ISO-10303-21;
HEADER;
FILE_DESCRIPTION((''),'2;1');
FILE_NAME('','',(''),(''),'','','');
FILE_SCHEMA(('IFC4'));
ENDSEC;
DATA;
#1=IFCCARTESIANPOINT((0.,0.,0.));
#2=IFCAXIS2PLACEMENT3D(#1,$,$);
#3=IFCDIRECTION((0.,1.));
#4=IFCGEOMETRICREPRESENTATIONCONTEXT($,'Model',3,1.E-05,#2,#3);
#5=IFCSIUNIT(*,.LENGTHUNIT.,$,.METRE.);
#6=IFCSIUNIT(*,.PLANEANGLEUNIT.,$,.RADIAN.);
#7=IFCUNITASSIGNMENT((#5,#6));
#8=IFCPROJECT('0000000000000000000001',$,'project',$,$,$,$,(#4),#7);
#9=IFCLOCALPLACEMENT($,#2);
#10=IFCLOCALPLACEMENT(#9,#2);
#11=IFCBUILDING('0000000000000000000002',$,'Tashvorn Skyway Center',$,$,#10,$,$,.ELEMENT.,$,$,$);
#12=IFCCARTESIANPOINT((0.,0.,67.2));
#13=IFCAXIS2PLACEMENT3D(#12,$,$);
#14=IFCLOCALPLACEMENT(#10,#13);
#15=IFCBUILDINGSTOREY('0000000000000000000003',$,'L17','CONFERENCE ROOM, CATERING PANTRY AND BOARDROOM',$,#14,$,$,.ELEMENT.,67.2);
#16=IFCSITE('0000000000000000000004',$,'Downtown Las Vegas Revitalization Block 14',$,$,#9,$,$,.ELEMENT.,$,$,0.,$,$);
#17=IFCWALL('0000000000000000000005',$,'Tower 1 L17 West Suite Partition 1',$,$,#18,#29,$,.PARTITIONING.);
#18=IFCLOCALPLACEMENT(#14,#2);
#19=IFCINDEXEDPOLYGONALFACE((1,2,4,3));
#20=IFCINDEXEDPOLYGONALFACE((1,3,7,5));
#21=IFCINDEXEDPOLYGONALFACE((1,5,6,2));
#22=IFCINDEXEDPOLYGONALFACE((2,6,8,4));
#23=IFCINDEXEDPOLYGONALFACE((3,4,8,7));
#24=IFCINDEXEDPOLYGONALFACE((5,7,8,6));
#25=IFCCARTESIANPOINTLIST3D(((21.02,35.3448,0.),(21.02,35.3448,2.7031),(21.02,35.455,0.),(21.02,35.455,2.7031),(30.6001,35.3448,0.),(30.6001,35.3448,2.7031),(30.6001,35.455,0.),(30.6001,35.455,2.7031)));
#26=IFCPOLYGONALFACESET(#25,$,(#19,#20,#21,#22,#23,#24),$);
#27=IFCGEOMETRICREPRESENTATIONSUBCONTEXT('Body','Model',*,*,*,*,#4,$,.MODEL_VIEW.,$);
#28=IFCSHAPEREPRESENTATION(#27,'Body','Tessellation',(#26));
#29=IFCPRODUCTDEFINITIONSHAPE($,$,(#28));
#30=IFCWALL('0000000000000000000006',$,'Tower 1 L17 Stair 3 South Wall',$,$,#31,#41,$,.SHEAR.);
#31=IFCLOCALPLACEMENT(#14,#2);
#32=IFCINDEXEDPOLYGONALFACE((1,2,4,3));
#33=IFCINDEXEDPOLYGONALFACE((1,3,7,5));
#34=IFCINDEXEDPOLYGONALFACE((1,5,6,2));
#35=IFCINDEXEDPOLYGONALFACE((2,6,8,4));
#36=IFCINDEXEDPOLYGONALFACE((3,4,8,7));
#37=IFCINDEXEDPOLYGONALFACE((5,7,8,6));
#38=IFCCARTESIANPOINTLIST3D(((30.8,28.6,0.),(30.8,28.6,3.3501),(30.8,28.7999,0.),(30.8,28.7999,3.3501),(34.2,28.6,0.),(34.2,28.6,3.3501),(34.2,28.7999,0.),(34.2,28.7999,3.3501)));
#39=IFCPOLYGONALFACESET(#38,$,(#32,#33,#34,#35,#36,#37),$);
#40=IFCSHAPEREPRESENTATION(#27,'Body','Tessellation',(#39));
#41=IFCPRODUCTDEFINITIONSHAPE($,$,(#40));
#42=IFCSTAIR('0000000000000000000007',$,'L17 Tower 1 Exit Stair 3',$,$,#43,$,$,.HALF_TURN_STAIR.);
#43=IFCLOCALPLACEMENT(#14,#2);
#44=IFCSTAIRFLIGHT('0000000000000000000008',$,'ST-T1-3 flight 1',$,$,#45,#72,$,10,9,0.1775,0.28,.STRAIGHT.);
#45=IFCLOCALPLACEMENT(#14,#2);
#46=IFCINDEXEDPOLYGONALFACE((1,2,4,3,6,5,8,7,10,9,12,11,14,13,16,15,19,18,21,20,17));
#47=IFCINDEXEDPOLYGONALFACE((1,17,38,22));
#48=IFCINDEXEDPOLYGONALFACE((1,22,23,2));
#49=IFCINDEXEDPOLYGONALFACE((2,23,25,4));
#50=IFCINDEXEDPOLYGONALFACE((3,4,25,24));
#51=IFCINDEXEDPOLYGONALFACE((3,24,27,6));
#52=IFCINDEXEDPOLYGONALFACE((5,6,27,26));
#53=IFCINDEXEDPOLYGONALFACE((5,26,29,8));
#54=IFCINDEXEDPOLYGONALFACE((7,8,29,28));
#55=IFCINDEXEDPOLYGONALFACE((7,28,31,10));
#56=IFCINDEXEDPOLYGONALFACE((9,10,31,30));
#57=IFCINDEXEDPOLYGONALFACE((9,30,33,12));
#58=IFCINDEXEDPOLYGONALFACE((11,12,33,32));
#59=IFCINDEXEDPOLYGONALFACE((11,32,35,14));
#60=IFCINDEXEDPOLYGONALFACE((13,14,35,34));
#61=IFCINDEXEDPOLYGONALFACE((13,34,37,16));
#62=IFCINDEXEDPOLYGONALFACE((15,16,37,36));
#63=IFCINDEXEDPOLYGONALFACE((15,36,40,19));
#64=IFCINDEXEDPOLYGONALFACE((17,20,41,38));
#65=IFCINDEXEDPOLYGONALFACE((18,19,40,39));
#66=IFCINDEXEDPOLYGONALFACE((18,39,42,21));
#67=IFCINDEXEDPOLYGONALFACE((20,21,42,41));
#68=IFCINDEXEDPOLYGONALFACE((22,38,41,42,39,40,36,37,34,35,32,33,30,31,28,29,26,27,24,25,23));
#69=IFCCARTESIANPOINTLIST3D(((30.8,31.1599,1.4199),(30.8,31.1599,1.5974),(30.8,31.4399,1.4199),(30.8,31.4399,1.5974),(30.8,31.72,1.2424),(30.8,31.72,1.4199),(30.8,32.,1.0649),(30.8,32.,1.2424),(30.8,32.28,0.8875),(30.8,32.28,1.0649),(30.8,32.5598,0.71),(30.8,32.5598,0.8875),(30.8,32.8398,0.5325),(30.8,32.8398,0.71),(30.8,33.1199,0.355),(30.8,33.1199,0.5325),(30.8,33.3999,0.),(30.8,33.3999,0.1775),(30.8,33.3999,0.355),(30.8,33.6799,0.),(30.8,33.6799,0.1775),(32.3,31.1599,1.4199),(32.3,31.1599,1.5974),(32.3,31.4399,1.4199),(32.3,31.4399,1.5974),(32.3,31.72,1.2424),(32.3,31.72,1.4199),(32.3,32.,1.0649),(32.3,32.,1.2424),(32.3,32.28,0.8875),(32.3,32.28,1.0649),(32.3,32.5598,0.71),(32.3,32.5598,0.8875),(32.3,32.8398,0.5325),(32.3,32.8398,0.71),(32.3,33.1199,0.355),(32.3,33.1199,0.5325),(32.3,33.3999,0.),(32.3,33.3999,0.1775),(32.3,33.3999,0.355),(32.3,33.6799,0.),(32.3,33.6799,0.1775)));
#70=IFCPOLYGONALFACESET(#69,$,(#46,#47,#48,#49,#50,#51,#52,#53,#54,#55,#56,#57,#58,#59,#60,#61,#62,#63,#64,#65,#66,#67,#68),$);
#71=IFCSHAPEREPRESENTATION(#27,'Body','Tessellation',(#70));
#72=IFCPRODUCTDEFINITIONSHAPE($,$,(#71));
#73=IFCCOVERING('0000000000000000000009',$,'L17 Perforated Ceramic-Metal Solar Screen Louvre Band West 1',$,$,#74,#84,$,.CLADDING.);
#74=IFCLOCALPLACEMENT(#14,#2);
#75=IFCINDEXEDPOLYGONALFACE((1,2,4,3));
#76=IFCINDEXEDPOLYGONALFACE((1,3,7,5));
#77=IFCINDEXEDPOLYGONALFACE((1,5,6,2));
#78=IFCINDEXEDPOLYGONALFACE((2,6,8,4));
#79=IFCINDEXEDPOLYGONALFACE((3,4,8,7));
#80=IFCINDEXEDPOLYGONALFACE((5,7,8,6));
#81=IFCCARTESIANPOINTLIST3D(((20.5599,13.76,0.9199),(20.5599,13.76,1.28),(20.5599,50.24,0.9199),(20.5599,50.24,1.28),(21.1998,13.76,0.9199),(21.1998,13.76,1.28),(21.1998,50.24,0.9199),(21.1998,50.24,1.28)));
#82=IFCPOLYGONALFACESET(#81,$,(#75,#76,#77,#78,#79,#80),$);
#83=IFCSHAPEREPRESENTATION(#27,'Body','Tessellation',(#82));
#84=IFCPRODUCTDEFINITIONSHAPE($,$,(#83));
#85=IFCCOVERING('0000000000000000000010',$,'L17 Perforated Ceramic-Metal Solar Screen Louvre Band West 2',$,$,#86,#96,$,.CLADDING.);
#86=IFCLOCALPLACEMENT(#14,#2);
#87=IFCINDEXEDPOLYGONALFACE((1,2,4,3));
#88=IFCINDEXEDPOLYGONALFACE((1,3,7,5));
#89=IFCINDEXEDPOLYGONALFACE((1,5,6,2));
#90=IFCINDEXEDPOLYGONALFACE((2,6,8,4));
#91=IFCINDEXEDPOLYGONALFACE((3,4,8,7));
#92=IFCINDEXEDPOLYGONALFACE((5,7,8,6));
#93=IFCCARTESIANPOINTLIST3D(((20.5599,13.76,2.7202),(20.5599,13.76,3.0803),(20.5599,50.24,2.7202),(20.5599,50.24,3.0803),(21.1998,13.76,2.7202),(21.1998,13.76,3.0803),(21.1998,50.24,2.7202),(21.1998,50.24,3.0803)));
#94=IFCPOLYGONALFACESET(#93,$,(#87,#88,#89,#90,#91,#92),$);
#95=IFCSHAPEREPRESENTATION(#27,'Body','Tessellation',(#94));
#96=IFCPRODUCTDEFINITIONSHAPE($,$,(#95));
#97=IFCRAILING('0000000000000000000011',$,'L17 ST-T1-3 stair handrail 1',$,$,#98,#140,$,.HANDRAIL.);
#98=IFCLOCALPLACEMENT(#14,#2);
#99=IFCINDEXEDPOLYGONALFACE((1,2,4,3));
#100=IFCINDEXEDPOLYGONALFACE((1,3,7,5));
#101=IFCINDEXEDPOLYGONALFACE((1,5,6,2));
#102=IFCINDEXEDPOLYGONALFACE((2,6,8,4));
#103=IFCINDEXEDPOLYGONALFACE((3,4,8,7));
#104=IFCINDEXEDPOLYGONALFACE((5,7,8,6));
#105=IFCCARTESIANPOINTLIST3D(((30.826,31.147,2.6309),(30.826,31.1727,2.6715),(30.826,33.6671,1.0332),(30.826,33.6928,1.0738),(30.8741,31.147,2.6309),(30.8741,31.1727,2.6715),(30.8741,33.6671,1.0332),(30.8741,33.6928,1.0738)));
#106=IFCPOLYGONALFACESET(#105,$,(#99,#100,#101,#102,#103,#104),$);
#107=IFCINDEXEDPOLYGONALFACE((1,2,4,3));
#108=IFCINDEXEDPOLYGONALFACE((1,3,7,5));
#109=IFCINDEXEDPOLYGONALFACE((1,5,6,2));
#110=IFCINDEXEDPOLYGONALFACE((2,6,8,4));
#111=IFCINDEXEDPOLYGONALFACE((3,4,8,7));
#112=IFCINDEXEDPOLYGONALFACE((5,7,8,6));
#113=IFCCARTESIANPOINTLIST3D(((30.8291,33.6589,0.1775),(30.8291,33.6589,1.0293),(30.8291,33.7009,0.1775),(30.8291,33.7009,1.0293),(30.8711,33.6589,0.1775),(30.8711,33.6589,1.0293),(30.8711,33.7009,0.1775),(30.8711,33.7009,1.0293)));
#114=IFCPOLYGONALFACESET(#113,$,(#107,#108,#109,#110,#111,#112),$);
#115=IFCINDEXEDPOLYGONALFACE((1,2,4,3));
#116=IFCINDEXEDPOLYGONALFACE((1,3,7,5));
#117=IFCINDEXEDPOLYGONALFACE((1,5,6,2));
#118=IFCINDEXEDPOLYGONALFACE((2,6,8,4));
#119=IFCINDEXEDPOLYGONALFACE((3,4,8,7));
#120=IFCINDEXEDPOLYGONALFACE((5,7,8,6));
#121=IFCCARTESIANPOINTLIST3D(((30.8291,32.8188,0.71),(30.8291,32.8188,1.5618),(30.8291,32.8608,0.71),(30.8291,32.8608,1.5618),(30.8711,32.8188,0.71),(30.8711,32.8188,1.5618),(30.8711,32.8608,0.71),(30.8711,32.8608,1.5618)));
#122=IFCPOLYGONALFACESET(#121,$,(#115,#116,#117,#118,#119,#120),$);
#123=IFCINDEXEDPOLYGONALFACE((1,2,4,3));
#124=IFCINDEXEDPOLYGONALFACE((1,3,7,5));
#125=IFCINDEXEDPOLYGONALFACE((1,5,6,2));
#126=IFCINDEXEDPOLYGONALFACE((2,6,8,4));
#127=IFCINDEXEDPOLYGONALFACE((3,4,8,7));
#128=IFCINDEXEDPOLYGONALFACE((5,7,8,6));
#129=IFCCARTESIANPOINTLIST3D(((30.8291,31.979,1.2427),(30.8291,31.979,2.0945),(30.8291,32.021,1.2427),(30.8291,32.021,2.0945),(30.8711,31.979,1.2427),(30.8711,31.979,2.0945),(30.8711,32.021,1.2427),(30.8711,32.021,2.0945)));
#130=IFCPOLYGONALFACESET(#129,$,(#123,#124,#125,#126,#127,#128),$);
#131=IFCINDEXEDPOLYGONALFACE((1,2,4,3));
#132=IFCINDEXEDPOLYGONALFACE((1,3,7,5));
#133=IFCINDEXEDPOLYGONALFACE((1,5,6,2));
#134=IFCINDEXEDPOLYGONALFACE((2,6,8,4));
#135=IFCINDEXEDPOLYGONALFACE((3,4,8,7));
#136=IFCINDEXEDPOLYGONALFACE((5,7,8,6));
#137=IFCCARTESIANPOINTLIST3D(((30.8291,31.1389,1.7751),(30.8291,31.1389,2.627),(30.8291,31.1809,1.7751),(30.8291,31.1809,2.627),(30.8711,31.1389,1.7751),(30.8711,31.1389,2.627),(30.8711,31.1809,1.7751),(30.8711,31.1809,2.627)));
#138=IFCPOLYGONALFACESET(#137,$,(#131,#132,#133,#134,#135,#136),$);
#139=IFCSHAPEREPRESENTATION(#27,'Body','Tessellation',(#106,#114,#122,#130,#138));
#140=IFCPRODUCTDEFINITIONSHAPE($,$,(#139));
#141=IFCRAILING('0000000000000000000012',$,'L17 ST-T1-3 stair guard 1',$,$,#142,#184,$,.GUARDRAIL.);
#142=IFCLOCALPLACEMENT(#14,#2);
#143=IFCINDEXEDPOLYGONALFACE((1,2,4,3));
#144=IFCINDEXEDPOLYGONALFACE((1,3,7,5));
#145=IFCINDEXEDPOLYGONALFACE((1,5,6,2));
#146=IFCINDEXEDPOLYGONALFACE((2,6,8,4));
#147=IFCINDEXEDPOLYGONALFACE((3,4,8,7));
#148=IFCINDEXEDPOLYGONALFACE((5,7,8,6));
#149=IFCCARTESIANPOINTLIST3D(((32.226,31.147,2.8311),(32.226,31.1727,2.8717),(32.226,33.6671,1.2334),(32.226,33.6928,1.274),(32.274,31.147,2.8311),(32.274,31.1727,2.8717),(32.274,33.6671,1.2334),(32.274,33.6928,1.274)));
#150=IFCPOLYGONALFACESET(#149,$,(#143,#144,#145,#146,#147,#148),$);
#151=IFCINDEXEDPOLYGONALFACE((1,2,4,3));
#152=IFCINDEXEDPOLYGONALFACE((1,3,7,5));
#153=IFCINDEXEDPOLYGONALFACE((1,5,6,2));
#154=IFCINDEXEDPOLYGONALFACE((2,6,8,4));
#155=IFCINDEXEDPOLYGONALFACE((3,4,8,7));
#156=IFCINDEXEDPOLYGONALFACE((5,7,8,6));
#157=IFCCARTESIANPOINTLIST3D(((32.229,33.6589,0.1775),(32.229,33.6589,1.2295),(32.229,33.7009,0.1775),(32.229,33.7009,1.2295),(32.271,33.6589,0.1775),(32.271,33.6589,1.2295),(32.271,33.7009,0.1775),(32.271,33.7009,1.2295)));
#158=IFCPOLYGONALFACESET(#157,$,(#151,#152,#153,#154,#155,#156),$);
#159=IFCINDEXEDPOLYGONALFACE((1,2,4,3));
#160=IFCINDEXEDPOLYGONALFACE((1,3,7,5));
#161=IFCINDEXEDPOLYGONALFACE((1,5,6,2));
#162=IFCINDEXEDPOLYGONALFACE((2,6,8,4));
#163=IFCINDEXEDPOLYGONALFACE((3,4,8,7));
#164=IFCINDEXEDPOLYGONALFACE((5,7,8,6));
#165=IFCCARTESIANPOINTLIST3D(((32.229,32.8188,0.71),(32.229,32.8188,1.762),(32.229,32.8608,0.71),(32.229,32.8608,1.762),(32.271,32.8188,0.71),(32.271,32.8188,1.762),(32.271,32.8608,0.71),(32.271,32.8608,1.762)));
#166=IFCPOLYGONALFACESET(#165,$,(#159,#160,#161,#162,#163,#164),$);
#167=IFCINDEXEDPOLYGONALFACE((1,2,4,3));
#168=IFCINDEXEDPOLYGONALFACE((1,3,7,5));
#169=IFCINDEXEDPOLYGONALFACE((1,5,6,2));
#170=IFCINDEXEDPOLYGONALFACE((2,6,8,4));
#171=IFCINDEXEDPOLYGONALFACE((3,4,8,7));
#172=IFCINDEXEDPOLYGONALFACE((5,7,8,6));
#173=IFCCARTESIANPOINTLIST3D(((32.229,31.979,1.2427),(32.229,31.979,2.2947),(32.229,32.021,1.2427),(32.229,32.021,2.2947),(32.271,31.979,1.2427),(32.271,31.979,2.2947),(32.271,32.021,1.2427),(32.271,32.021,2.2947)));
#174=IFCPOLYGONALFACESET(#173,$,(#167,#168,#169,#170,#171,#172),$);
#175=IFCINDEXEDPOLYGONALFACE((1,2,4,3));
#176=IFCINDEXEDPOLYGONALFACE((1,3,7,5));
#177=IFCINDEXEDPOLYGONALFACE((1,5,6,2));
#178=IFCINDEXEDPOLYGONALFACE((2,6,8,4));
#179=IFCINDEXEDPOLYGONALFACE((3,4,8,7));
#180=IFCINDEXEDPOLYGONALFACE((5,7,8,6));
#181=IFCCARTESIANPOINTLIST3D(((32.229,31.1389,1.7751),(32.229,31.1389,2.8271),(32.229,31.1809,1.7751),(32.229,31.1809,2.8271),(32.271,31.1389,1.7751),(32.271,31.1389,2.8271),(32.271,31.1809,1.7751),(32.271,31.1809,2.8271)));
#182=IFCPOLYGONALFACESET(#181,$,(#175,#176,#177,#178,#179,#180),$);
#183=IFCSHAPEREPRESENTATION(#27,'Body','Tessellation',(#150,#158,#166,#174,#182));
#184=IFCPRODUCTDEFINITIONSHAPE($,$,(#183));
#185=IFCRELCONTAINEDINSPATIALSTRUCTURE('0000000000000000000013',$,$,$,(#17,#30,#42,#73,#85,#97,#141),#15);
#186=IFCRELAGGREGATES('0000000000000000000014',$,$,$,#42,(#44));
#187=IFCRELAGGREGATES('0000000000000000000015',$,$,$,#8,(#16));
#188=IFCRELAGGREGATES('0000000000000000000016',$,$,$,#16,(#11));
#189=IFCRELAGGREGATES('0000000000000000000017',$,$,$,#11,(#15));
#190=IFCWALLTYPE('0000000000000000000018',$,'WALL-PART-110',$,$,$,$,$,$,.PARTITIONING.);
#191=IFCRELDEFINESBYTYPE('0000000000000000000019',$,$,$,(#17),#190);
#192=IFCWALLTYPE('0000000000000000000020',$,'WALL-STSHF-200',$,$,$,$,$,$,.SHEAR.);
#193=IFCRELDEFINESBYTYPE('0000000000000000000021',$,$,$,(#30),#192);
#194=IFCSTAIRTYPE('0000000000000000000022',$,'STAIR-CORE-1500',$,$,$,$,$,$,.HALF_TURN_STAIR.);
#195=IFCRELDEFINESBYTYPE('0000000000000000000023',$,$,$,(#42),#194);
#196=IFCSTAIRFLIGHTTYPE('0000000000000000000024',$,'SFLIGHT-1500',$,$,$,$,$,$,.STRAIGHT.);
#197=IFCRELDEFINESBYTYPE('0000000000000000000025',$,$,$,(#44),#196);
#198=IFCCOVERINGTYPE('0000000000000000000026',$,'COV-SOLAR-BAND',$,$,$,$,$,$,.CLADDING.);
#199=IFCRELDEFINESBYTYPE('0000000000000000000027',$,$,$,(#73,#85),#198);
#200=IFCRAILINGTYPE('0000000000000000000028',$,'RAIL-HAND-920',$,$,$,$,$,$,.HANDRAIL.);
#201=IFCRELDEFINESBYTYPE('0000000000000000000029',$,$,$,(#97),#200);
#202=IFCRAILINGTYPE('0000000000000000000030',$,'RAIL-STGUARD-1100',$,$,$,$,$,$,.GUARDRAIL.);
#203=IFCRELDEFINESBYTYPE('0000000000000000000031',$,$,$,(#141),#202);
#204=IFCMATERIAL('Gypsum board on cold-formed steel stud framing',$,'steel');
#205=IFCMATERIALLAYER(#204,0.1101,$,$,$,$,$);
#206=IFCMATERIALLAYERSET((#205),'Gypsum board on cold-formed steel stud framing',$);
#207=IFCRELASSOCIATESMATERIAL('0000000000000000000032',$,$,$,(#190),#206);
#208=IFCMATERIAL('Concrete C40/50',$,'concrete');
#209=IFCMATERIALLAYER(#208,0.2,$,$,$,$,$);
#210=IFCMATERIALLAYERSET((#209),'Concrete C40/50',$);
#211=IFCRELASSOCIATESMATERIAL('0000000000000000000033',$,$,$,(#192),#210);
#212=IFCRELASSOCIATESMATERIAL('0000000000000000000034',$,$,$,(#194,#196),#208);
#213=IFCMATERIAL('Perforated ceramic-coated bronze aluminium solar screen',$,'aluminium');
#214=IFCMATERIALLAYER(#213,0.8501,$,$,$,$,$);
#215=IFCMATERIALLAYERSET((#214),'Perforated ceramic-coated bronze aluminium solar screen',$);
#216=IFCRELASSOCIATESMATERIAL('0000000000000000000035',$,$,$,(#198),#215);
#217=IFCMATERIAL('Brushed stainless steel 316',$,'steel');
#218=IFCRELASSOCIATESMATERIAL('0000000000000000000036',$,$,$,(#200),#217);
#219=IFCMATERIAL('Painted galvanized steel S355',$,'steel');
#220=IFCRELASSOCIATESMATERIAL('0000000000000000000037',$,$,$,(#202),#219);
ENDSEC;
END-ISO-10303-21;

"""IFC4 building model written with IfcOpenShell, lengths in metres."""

from ifc_helpers import new_model, si_unit, direction, frame, frame_2d, origin, origin_2d, place, context, subcontext, project, spatial, polyline, rectangle, outline, extrude, material, layer, layer_set, type_object, element, aggregate, save


model = new_model("IFC4")

# Units and contexts
model_context = context("Model", 3, precision=1e-05, world=origin(), true_north=direction((0.0, 1.0)))
body_context = subcontext(model_context, "Body", "Model", "MODEL_VIEW")
ifc_project = project(units=[si_unit("LENGTHUNIT", "METRE"), si_unit("PLANEANGLEUNIT", "RADIAN")], contexts=[model_context])

# Site, building, storey
site_placement = place(None, origin())
site = spatial("IfcSite", under=ifc_project, at=site_placement, Name="Downtown Las Vegas Revitalization Block 14", CompositionType="ELEMENT", RefElevation=0.0)
building_placement = place(site_placement, origin())
building = spatial("IfcBuilding", under=site, at=building_placement, Name="Tashvorn Skyway Center", CompositionType="ELEMENT")
storey_placement = place(building_placement, frame((0.0, 0.0, 67.2)))
storey = spatial("IfcBuildingStorey", under=building, at=storey_placement, Name="L17", Description="CONFERENCE ROOM, CATERING PANTRY AND BOARDROOM", CompositionType="ELEMENT", Elevation=67.2)

# Walls
ifc_material_1 = material(Name="Gypsum board on cold-formed steel stud framing", Category="steel")
ifc_layer_1 = layer(ifc_material_1, 0.1101)
ifc_layer_set_1 = layer_set([ifc_layer_1], Name="Gypsum board on cold-formed steel stud framing")
wall_type_1 = type_object("IfcWallType", Name="WALL-PART-110", PredefinedType="PARTITIONING", material=ifc_layer_set_1)
wall_1_placement = place(storey_placement, frame((30.6001, 35.3999, 0.0), z_axis=(0.0, 0.0, 1.0), x_axis=(-1.0, 0.0, 0.0)))
element("IfcWall", 1, at=wall_1_placement, inside=storey, type_object=wall_type_1, Name="Tower 1 L17 West Suite Partition 1", PredefinedType="PARTITIONING", context=body_context, shape_type="SweptSolid", body=[
    extrude(rectangle(XDim=9.5801, YDim=0.1101, at=frame_2d((4.79, 0.0))), origin(), (0.0, 0.0, 1.0), 2.7031),
])
ifc_material_2 = material(Name="Concrete C40/50", Category="concrete")
ifc_layer_2 = layer(ifc_material_2, 0.2)
ifc_layer_set_2 = layer_set([ifc_layer_2], Name="Concrete C40/50")
wall_type_2 = type_object("IfcWallType", Name="WALL-STSHF-200", PredefinedType="SHEAR", material=ifc_layer_set_2)
wall_2_placement = place(storey_placement, frame((30.8, 28.7, 0.0), z_axis=(0.0, 0.0, 1.0), x_axis=(1.0, 0.0, 0.0)))
element("IfcWall", 2, at=wall_2_placement, inside=storey, type_object=wall_type_2, Name="Tower 1 L17 Stair 3 South Wall", PredefinedType="SHEAR", context=body_context, shape_type="SweptSolid", body=[
    extrude(rectangle(XDim=3.3999, YDim=0.2, at=frame_2d((1.7, 0.0))), origin(), (0.0, 0.0, 1.0), 3.3501),
])

# Stair, stair flight
stair_type = type_object("IfcStairType", Name="STAIR-CORE-1500", PredefinedType="HALF_TURN_STAIR", material=ifc_material_2)
stair_placement = place(storey_placement, origin())
stair = element("IfcStair", 3, at=stair_placement, inside=storey, type_object=stair_type, Name="L17 Tower 1 Exit Stair 3", PredefinedType="HALF_TURN_STAIR")
stair_flight_type = type_object("IfcStairFlightType", Name="SFLIGHT-1500", PredefinedType="STRAIGHT", material=ifc_material_2)
stair_flight_placement = place(storey_placement, frame((31.55, 33.6799, 0.0), z_axis=(0.0, 0.0, 1.0), x_axis=(0.0, -1.0, 0.0)))
stair_flight = element("IfcStairFlight", 4, at=stair_flight_placement, type_object=stair_flight_type, Name="ST-T1-3 flight 1", NumberOfRisers=10, NumberOfTreads=9, PredefinedType="STRAIGHT", RiserHeight=0.1775, TreadLength=0.28, context=body_context, shape_type="SweptSolid", body=[
    extrude(outline(polyline([(0.0, 0.0), (0.0, 0.1775), (0.28, 0.1775), (0.28, 0.355), (0.5601, 0.355), (0.5601, 0.5325), (0.8401, 0.5325), (0.8401, 0.71), (1.1201, 0.71), (1.1201, 0.8875), (1.3999, 0.8875), (1.3999, 1.0649), (1.6799, 1.0649), (1.6799, 1.2424), (1.96, 1.2424), (1.96, 1.4199), (2.24, 1.4199), (2.24, 1.5974), (2.52, 1.5974), (2.52, 1.7749), (2.52, 1.4199), (0.28, 0.0), (0.0, 0.0)])), frame((0.0, 0.75, 0.0), z_axis=(0.0, -1.0, 0.0), x_axis=(1.0, 0.0, 0.0)), (0.0, 0.0, 1.0), 1.5),
])
aggregate(stair, [stair_flight])

# Coverings
ifc_material_3 = material(Name="Perforated ceramic-coated bronze aluminium solar screen", Category="aluminium")
ifc_layer_3 = layer(ifc_material_3, 0.8501)
ifc_layer_set_3 = layer_set([ifc_layer_3], Name="Perforated ceramic-coated bronze aluminium solar screen")
covering_type = type_object("IfcCoveringType", Name="COV-SOLAR-BAND", PredefinedType="CLADDING", material=ifc_layer_set_3)
for number, where, z_axis, x_axis, name in (
    (5, (20.8799, 32.0, 0.9199), (0.0, 0.0, 1.0), (0.0, 1.0, 0.0), "L17 Perforated Ceramic-Metal Solar Screen Louvre Band West 1"),
    (6, (20.8799, 32.0, 2.7202), (0.0, 0.0, 1.0), (0.0, 1.0, 0.0), "L17 Perforated Ceramic-Metal Solar Screen Louvre Band West 2"),
):
    element("IfcCovering", number, at=place(storey_placement, frame(where, z_axis=z_axis, x_axis=x_axis)), inside=storey, type_object=covering_type, Name=name, PredefinedType="CLADDING", context=body_context, shape_type="SweptSolid", body=[
        extrude(rectangle(XDim=36.48, YDim=0.6399, at=origin_2d()), origin(), (0.0, 0.0, 1.0), 0.3601),
    ])

# Railings
ifc_material_4 = material(Name="Brushed stainless steel 316", Category="steel")
railing_type_1 = type_object("IfcRailingType", Name="RAIL-HAND-920", PredefinedType="HANDRAIL", material=ifc_material_4)
railing_1_placement = place(storey_placement, frame((30.8501, 33.6799, 0.1775)))
element("IfcRailing", 7, at=railing_1_placement, inside=storey, type_object=railing_type_1, Name="L17 ST-T1-3 stair handrail 1", PredefinedType="HANDRAIL", context=body_context, shape_type="SweptSolid", body=[
    extrude(rectangle(XDim=0.0481, YDim=0.0481, at=origin_2d()), frame((0.0, 0.0, 0.876), z_axis=(0.0, -0.84457, 0.535445), x_axis=(1.0, 0.0, 0.0)), (0.0, 0.0, 1.0), 2.9839),
    extrude(rectangle(XDim=0.042, YDim=0.042, at=origin_2d()), origin(), (0.0, 0.0, 1.0), 0.8518),
    extrude(rectangle(XDim=0.042, YDim=0.042, at=origin_2d()), frame((0.0, -0.8401, 0.5325)), (0.0, 0.0, 1.0), 0.8518),
    extrude(rectangle(XDim=0.042, YDim=0.042, at=origin_2d()), frame((0.0, -1.6799, 1.0652)), (0.0, 0.0, 1.0), 0.8518),
    extrude(rectangle(XDim=0.042, YDim=0.042, at=origin_2d()), frame((0.0, -2.52, 1.5977)), (0.0, 0.0, 1.0), 0.8518),
])
ifc_material_5 = material(Name="Painted galvanized steel S355", Category="steel")
railing_type_2 = type_object("IfcRailingType", Name="RAIL-STGUARD-1100", PredefinedType="GUARDRAIL", material=ifc_material_5)
railing_2_placement = place(storey_placement, frame((32.25, 33.6799, 0.1775)))
element("IfcRailing", 8, at=railing_2_placement, inside=storey, type_object=railing_type_2, Name="L17 ST-T1-3 stair guard 1", PredefinedType="GUARDRAIL", context=body_context, shape_type="SweptSolid", body=[
    extrude(rectangle(XDim=0.0481, YDim=0.0481, at=origin_2d()), frame((0.0, 0.0, 1.0762), z_axis=(0.0, -0.84457, 0.535445), x_axis=(1.0, 0.0, 0.0)), (0.0, 0.0, 1.0), 2.9839),
    extrude(rectangle(XDim=0.042, YDim=0.042, at=origin_2d()), origin(), (0.0, 0.0, 1.0), 1.052),
    extrude(rectangle(XDim=0.042, YDim=0.042, at=origin_2d()), frame((0.0, -0.8401, 0.5325)), (0.0, 0.0, 1.0), 1.052),
    extrude(rectangle(XDim=0.042, YDim=0.042, at=origin_2d()), frame((0.0, -1.6799, 1.0652)), (0.0, 0.0, 1.0), 1.052),
    extrude(rectangle(XDim=0.042, YDim=0.042, at=origin_2d()), frame((0.0, -2.52, 1.5977)), (0.0, 0.0, 1.0), 1.052),
])

save(model, "model.ifc")
